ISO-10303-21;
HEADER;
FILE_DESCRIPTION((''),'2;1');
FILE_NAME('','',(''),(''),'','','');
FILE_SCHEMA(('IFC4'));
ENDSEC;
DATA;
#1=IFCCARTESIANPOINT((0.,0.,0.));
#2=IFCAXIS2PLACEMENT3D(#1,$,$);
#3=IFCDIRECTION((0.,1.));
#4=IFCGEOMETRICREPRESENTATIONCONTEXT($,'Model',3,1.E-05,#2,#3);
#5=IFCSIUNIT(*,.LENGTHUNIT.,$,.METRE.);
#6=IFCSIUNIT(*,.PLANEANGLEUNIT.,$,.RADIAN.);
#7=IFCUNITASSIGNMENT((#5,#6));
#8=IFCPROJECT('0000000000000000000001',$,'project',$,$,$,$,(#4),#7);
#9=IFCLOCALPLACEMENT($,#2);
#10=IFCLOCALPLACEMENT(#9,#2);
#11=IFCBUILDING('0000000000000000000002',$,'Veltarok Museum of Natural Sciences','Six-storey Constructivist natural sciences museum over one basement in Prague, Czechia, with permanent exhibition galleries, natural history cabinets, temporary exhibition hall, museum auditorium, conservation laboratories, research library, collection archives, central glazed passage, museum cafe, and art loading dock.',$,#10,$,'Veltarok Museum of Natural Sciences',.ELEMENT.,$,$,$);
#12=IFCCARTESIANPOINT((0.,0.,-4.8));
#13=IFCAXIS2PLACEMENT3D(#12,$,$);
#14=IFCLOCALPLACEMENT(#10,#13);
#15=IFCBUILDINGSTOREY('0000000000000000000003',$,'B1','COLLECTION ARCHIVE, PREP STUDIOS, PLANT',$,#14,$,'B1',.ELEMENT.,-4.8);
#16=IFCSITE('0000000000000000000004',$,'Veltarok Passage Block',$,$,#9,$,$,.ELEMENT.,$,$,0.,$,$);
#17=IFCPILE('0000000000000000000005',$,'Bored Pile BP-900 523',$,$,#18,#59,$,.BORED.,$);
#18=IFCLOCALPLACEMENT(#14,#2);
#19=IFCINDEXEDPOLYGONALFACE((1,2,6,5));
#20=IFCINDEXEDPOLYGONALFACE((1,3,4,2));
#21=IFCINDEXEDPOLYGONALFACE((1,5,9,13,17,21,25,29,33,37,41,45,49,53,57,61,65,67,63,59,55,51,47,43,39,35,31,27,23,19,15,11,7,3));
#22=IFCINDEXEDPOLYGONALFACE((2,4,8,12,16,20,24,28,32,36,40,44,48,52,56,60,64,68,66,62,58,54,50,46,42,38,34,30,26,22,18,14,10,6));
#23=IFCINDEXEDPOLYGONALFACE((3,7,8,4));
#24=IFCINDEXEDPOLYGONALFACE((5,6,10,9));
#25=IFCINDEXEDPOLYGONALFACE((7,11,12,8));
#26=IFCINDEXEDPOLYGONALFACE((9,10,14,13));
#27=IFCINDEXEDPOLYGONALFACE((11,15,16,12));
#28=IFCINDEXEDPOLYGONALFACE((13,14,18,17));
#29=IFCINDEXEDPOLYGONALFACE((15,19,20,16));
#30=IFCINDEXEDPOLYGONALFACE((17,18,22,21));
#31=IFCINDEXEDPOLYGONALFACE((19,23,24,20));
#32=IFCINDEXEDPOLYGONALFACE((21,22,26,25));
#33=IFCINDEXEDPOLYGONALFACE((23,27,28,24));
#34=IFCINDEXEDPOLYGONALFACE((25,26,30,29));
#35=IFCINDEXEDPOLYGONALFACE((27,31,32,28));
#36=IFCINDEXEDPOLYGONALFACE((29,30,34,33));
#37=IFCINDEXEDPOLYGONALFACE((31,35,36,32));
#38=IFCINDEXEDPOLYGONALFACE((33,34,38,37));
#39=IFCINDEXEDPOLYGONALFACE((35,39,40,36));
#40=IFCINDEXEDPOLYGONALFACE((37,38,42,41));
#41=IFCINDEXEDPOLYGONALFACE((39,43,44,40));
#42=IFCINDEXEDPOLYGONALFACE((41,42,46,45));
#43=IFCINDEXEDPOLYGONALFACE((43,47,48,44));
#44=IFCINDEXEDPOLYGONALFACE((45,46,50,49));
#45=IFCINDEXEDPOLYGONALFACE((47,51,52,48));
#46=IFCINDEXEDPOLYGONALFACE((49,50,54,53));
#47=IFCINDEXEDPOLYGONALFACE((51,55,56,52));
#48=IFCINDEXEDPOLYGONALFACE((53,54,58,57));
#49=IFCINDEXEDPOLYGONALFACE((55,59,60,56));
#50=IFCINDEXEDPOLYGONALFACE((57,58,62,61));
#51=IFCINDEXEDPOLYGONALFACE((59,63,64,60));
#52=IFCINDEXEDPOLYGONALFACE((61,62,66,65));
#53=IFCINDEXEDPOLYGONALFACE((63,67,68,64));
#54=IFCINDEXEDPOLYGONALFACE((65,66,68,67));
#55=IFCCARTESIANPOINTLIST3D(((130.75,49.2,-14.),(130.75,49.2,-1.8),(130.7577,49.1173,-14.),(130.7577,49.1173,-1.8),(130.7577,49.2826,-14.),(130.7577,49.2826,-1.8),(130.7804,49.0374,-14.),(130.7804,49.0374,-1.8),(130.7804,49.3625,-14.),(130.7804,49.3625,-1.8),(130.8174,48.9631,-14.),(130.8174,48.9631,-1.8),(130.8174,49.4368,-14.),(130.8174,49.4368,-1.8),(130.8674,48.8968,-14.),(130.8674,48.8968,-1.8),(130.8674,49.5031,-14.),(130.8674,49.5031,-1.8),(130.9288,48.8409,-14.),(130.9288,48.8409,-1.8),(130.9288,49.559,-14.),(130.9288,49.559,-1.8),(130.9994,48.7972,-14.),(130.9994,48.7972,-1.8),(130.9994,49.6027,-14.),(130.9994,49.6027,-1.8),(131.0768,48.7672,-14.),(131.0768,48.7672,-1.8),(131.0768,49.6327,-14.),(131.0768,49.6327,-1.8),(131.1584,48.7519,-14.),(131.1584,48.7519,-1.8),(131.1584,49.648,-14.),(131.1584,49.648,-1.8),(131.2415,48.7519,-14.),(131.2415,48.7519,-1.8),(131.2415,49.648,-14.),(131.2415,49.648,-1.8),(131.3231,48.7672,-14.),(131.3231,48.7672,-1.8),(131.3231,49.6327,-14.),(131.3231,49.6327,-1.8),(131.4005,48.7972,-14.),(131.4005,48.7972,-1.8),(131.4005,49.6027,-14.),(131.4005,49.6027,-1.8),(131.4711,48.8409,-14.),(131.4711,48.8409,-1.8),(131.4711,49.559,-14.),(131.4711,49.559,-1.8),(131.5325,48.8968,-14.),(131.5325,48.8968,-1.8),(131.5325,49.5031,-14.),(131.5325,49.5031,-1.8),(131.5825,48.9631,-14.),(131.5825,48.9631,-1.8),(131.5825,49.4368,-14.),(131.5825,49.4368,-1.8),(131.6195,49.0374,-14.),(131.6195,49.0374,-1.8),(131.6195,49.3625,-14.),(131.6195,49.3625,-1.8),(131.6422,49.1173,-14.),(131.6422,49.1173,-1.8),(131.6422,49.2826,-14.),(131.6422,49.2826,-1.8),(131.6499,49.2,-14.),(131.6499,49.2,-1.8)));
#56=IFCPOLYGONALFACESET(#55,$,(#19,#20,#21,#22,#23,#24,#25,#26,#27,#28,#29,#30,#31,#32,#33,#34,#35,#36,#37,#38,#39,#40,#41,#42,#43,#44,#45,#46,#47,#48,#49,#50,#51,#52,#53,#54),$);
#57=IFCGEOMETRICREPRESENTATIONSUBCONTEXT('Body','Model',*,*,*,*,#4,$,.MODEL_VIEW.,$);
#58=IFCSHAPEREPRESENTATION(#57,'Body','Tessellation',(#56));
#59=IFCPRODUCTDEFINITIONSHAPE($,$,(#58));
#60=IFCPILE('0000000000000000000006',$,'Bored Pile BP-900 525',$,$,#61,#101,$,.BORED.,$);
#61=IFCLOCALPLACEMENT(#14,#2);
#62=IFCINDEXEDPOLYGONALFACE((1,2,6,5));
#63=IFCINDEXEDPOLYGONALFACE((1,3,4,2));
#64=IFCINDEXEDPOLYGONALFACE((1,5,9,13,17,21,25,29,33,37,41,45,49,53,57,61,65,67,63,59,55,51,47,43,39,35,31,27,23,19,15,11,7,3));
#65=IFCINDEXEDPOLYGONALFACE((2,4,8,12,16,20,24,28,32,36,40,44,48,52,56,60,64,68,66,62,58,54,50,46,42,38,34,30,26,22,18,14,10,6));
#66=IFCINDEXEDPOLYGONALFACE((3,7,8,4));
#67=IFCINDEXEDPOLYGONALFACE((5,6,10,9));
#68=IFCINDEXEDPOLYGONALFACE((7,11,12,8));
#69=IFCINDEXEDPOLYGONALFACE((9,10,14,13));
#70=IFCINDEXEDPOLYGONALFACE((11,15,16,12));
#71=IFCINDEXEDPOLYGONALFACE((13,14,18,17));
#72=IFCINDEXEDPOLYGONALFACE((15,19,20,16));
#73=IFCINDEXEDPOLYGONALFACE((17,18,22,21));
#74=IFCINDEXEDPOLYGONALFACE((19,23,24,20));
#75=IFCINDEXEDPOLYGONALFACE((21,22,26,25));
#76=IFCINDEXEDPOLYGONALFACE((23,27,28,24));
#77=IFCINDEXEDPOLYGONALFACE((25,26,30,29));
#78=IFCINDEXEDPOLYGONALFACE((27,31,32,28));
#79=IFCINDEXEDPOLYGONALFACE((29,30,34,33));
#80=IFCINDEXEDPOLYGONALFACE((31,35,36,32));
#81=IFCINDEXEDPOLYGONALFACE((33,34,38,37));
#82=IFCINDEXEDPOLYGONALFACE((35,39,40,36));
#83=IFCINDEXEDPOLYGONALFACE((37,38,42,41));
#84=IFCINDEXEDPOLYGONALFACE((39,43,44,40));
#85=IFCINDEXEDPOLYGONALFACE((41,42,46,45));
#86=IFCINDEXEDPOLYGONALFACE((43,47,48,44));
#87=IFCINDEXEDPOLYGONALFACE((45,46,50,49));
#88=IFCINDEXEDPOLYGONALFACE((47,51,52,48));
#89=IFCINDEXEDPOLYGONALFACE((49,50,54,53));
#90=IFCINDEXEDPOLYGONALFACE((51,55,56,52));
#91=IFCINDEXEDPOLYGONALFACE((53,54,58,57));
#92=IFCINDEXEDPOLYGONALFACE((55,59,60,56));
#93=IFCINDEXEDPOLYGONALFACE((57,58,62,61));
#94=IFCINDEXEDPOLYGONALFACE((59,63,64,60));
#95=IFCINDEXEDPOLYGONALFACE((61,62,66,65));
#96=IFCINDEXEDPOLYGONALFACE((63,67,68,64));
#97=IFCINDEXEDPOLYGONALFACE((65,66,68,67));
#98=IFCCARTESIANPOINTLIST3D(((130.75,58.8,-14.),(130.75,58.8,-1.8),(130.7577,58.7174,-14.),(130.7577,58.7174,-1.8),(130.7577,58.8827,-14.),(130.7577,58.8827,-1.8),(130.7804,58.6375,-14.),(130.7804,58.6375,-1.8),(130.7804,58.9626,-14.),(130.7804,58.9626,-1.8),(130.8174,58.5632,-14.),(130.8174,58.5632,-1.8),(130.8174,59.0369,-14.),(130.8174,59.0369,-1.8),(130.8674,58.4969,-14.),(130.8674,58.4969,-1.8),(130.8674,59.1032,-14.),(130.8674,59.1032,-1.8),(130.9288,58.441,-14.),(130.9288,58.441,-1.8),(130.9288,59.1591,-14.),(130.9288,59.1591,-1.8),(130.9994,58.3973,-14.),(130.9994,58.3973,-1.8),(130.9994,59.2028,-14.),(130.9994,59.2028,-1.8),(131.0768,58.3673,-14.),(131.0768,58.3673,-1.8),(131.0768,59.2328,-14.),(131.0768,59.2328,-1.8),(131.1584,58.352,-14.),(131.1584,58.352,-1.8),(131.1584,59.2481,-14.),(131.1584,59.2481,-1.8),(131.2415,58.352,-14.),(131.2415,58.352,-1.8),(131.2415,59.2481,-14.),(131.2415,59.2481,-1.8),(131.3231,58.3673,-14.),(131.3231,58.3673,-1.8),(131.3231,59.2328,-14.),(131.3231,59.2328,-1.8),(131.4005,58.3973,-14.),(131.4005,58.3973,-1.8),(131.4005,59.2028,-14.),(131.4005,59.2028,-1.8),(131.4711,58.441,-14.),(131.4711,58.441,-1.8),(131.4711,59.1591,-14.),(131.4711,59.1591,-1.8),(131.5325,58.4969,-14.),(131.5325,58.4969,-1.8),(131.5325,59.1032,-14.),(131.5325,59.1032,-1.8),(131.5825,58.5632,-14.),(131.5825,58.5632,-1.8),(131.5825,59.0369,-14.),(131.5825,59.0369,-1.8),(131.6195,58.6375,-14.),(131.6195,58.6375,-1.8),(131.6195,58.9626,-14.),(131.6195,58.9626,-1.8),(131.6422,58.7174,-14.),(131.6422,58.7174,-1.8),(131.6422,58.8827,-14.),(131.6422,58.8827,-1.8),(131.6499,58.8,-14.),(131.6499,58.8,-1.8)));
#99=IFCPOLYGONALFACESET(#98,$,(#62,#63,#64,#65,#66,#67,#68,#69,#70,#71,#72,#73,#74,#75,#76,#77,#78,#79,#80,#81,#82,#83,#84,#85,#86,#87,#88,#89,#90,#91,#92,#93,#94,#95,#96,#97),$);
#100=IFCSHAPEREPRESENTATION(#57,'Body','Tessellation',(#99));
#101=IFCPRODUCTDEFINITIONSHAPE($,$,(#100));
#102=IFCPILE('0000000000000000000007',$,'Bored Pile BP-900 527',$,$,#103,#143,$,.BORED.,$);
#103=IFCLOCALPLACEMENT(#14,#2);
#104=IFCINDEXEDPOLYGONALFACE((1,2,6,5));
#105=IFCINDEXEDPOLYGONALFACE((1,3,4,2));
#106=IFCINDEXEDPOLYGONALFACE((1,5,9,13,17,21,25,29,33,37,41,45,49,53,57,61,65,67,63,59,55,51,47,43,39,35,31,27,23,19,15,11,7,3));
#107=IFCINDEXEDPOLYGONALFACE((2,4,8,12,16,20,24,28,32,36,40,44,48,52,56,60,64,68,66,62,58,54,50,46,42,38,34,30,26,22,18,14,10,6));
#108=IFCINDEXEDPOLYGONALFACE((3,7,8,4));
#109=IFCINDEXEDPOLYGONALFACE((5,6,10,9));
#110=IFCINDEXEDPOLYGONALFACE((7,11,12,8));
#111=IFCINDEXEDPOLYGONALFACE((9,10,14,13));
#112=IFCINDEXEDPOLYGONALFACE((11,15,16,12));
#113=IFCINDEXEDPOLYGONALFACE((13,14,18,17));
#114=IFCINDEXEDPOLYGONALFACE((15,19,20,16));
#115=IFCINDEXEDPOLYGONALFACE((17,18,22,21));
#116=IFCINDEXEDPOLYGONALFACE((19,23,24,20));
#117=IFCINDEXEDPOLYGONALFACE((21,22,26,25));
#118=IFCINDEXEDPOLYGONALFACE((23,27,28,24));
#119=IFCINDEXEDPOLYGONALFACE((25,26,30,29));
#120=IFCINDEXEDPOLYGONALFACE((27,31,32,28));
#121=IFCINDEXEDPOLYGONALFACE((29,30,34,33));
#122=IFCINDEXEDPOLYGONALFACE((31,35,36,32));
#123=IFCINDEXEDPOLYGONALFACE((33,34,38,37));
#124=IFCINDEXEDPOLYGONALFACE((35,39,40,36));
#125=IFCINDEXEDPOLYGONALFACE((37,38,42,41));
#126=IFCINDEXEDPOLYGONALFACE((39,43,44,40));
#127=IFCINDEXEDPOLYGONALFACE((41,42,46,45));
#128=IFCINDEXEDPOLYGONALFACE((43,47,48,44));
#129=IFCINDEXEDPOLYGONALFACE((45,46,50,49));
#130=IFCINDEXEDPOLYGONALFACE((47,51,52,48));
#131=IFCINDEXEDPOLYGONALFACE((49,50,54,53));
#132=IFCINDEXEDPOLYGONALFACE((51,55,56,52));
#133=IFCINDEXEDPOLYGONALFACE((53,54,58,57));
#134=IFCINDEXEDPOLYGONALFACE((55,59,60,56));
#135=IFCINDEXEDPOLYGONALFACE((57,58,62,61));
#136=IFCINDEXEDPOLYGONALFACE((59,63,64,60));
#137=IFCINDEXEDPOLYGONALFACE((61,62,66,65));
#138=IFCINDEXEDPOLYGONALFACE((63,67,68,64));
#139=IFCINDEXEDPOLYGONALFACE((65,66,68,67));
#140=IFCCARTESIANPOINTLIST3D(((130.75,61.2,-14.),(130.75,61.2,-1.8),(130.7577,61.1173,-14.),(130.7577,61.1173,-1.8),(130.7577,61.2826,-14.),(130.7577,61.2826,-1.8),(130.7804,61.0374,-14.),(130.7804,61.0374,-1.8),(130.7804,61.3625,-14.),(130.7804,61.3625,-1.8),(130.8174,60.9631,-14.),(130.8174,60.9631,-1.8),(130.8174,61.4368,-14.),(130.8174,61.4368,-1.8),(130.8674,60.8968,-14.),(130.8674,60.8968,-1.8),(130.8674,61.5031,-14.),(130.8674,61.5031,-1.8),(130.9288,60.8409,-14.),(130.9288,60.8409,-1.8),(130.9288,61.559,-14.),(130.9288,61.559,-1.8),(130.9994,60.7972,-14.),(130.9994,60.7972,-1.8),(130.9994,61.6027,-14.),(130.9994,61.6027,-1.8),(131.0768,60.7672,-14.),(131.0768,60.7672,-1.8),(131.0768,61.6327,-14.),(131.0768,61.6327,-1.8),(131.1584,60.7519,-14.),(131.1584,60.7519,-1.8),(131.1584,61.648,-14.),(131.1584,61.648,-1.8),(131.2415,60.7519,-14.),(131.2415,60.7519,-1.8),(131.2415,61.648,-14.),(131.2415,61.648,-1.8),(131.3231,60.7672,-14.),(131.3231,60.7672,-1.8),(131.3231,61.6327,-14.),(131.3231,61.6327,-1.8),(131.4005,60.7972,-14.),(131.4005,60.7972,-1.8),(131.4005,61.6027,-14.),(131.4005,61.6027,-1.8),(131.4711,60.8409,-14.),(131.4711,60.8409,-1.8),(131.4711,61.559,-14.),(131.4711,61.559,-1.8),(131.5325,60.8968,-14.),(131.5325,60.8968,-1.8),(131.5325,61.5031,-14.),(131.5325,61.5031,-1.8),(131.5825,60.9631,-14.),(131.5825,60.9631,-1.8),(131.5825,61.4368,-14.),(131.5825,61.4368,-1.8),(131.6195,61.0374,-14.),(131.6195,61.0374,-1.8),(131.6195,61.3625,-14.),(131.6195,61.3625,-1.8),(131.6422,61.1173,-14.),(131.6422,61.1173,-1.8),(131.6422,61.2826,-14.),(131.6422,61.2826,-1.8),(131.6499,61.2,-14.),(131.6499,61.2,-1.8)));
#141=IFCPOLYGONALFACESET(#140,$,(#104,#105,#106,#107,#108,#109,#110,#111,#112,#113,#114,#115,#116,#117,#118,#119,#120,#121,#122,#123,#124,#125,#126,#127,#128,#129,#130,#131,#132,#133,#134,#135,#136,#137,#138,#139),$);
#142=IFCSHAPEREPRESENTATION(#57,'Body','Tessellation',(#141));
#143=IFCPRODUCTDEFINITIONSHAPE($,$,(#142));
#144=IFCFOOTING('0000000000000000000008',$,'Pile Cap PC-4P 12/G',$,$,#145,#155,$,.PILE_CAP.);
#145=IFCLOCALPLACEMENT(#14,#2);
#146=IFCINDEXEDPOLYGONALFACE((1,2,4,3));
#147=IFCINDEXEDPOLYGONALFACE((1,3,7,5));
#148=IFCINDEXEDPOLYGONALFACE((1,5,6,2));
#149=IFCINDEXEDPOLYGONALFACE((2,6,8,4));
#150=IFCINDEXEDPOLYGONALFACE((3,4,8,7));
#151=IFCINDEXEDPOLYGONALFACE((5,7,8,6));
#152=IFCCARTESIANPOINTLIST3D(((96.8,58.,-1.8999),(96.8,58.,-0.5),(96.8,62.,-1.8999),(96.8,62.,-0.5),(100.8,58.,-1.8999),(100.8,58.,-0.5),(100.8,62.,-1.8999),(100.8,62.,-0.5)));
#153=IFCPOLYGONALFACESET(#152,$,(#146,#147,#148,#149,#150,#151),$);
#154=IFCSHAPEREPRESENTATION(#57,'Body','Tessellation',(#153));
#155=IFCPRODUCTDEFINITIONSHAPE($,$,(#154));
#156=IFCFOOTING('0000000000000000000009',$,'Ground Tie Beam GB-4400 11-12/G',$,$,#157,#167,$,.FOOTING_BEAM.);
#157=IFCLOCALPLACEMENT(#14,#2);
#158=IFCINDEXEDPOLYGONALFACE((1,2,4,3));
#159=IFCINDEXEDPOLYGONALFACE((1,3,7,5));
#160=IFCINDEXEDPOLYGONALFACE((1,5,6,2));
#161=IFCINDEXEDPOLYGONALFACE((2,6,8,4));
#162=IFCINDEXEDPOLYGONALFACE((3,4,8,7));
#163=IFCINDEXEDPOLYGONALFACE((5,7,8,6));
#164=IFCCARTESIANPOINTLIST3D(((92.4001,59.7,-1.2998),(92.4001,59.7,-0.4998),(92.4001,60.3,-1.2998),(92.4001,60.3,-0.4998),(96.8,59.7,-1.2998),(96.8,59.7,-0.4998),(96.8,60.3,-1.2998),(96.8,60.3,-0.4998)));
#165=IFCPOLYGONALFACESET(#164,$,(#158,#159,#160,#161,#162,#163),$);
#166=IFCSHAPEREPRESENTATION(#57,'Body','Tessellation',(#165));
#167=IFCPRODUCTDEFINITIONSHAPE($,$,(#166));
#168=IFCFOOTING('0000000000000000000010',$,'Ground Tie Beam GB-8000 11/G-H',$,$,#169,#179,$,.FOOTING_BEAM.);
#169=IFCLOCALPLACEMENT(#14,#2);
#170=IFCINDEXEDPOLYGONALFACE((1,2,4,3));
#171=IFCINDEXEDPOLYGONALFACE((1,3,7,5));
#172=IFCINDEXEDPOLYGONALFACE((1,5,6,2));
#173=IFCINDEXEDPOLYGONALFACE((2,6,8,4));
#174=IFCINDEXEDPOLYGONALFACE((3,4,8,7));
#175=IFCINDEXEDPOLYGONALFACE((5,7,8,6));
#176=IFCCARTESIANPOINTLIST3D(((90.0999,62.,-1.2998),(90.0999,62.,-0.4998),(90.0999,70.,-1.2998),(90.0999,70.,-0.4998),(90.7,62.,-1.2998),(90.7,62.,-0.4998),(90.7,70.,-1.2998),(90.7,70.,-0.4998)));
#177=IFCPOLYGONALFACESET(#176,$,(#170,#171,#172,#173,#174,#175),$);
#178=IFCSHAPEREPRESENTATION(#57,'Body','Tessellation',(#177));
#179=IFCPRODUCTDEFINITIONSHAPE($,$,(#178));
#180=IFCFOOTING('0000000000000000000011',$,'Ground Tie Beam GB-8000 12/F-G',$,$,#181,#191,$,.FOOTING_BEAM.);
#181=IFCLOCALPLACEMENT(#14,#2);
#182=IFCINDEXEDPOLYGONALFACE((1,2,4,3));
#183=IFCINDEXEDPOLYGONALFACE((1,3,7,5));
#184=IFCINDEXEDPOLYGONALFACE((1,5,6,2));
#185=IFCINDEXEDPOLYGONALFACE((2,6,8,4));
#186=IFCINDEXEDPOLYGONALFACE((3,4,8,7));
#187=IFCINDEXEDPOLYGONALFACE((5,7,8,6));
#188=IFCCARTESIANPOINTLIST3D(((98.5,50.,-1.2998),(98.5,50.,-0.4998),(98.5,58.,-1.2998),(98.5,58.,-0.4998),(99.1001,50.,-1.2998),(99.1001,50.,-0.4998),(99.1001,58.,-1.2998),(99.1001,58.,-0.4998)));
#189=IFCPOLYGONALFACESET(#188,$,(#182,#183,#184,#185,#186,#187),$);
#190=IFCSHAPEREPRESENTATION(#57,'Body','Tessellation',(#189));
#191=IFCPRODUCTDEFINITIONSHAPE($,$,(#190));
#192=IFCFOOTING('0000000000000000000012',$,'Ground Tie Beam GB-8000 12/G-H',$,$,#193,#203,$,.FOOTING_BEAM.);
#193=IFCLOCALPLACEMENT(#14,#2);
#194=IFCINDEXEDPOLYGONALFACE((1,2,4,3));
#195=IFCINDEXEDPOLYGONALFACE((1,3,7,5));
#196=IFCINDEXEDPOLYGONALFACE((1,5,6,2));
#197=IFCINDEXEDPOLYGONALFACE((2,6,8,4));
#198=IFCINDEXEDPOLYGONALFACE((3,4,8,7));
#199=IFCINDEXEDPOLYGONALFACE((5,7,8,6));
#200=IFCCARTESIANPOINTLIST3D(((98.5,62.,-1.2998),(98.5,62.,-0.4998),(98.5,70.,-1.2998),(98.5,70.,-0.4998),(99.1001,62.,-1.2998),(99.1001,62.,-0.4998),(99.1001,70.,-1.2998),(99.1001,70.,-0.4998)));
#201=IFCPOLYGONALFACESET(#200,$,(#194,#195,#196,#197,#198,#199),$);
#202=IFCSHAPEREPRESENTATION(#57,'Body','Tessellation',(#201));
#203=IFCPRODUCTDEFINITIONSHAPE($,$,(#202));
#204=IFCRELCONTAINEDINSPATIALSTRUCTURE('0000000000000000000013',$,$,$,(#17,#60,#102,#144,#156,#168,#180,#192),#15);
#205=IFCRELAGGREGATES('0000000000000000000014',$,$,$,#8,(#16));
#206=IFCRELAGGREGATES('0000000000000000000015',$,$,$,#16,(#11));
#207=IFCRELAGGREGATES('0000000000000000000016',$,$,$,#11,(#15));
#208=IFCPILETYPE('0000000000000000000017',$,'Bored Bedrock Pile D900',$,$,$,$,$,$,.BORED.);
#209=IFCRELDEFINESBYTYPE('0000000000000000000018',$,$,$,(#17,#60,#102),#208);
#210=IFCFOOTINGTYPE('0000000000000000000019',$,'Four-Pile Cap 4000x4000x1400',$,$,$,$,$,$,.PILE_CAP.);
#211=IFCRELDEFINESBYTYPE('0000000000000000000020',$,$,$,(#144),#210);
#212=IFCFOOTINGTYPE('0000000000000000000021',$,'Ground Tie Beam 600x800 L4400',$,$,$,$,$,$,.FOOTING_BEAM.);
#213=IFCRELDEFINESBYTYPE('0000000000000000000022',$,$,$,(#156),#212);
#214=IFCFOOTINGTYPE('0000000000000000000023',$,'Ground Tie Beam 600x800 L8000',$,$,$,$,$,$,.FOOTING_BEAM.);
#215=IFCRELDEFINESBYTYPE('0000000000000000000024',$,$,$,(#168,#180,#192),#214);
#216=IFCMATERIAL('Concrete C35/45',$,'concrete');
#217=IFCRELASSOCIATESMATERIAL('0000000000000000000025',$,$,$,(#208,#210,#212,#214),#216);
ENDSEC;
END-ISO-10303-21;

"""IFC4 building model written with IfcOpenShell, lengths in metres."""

from ifc_helpers import new_model, si_unit, direction, frame, origin, origin_2d, place, context, subcontext, project, spatial, rectangle, circle, extrude, material, material_profile, profile_set, type_object, element, save


model = new_model("IFC4")

# Units and contexts
model_context = context("Model", 3, precision=1e-05, world=origin(), true_north=direction((0.0, 1.0)))
body_context = subcontext(model_context, "Body", "Model", "MODEL_VIEW")
ifc_project = project(units=[si_unit("LENGTHUNIT", "METRE"), si_unit("PLANEANGLEUNIT", "RADIAN")], contexts=[model_context])

# Site, building, storey
site_placement = place(None, origin())
site = spatial("IfcSite", under=ifc_project, at=site_placement, Name="Veltarok Passage Block", CompositionType="ELEMENT", RefElevation=0.0)
building_placement = place(site_placement, origin())
building = spatial("IfcBuilding", under=site, at=building_placement, Name="Veltarok Museum of Natural Sciences", Description="Six-storey Constructivist natural sciences museum over one basement in Prague, Czechia, with permanent exhibition galleries, natural history cabinets, temporary exhibition hall, museum auditorium, conservation laboratories, research library, collection archives, central glazed passage, museum cafe, and art loading dock.", LongName="Veltarok Museum of Natural Sciences", CompositionType="ELEMENT")
storey_placement = place(building_placement, frame((0.0, 0.0, -4.8)))
storey = spatial("IfcBuildingStorey", under=building, at=storey_placement, Name="B1", Description="COLLECTION ARCHIVE, PREP STUDIOS, PLANT", LongName="B1", CompositionType="ELEMENT", Elevation=-4.8)

# Piles
ifc_material_1 = material(Name="Concrete C35/45", Category="concrete")
ifc_material_profile_1 = material_profile(ifc_material_1, circle(Radius=0.45, at=origin_2d()), Name="BP D900")
ifc_profile_set_1 = profile_set([ifc_material_profile_1], Name="Concrete C35/45")
pile_type = type_object("IfcPileType", Name="Bored Bedrock Pile D900", PredefinedType="BORED", material=ifc_profile_set_1)
for number, where, z_axis, x_axis, name in (
    (1, (131.2, 49.2, -1.8), (0.0, 0.0, -1.0), (1.0, 0.0, 0.0), "Bored Pile BP-900 523"),
    (2, (131.2, 58.8, -1.8), (0.0, 0.0, -1.0), (1.0, 0.0, 0.0), "Bored Pile BP-900 525"),
    (3, (131.2, 61.2, -1.8), (0.0, 0.0, -1.0), (1.0, 0.0, 0.0), "Bored Pile BP-900 527"),
):
    element("IfcPile", number, at=place(storey_placement, frame(where, z_axis=z_axis, x_axis=x_axis)), inside=storey, type_object=pile_type, Name=name, PredefinedType="BORED", context=body_context, shape_type="SweptSolid", body=[
        extrude(circle(Radius=0.45, at=origin_2d()), origin(), (0.0, 0.0, 1.0), 12.2),
    ])

# Footings
footing_type_1 = type_object("IfcFootingType", Name="Four-Pile Cap 4000x4000x1400", PredefinedType="PILE_CAP", material=ifc_material_1)
footing_1_placement = place(storey_placement, frame((98.8, 60.0, -1.8999), z_axis=(0.0, 0.0, 1.0), x_axis=(1.0, 0.0, 0.0)))
element("IfcFooting", 4, at=footing_1_placement, inside=storey, type_object=footing_type_1, Name="Pile Cap PC-4P 12/G", PredefinedType="PILE_CAP", context=body_context, shape_type="SweptSolid", body=[
    extrude(rectangle(XDim=4.0, YDim=4.0, at=origin_2d()), origin(), (0.0, 0.0, 1.0), 1.3999),
])
footing_type_2 = type_object("IfcFootingType", Name="Ground Tie Beam 600x800 L4400", PredefinedType="FOOTING_BEAM", material=ifc_material_1)
footing_2_placement = place(storey_placement, frame((94.6001, 60.0, -1.2998), z_axis=(0.0, 0.0, 1.0), x_axis=(1.0, 0.0, 0.0)))
element("IfcFooting", 5, at=footing_2_placement, inside=storey, type_object=footing_type_2, Name="Ground Tie Beam GB-4400 11-12/G", PredefinedType="FOOTING_BEAM", context=body_context, shape_type="SweptSolid", body=[
    extrude(rectangle(XDim=4.3999, YDim=0.6001, at=origin_2d()), origin(), (0.0, 0.0, 1.0), 0.8),
])
footing_type_3 = type_object("IfcFootingType", Name="Ground Tie Beam 600x800 L8000", PredefinedType="FOOTING_BEAM", material=ifc_material_1)
for number, where, z_axis, x_axis, name in (
    (6, (90.3999, 66.0, -1.2998), (0.0, 0.0, 1.0), (0.0, 1.0, 0.0), "Ground Tie Beam GB-8000 11/G-H"),
    (7, (98.8, 54.0, -1.2998), (0.0, 0.0, 1.0), (0.0, 1.0, 0.0), "Ground Tie Beam GB-8000 12/F-G"),
    (8, (98.8, 66.0, -1.2998), (0.0, 0.0, 1.0), (0.0, 1.0, 0.0), "Ground Tie Beam GB-8000 12/G-H"),
):
    element("IfcFooting", number, at=place(storey_placement, frame(where, z_axis=z_axis, x_axis=x_axis)), inside=storey, type_object=footing_type_3, Name=name, PredefinedType="FOOTING_BEAM", context=body_context, shape_type="SweptSolid", body=[
        extrude(rectangle(XDim=8.0, YDim=0.6001, at=origin_2d()), origin(), (0.0, 0.0, 1.0), 0.8),
    ])

save(model, "model.ifc")
